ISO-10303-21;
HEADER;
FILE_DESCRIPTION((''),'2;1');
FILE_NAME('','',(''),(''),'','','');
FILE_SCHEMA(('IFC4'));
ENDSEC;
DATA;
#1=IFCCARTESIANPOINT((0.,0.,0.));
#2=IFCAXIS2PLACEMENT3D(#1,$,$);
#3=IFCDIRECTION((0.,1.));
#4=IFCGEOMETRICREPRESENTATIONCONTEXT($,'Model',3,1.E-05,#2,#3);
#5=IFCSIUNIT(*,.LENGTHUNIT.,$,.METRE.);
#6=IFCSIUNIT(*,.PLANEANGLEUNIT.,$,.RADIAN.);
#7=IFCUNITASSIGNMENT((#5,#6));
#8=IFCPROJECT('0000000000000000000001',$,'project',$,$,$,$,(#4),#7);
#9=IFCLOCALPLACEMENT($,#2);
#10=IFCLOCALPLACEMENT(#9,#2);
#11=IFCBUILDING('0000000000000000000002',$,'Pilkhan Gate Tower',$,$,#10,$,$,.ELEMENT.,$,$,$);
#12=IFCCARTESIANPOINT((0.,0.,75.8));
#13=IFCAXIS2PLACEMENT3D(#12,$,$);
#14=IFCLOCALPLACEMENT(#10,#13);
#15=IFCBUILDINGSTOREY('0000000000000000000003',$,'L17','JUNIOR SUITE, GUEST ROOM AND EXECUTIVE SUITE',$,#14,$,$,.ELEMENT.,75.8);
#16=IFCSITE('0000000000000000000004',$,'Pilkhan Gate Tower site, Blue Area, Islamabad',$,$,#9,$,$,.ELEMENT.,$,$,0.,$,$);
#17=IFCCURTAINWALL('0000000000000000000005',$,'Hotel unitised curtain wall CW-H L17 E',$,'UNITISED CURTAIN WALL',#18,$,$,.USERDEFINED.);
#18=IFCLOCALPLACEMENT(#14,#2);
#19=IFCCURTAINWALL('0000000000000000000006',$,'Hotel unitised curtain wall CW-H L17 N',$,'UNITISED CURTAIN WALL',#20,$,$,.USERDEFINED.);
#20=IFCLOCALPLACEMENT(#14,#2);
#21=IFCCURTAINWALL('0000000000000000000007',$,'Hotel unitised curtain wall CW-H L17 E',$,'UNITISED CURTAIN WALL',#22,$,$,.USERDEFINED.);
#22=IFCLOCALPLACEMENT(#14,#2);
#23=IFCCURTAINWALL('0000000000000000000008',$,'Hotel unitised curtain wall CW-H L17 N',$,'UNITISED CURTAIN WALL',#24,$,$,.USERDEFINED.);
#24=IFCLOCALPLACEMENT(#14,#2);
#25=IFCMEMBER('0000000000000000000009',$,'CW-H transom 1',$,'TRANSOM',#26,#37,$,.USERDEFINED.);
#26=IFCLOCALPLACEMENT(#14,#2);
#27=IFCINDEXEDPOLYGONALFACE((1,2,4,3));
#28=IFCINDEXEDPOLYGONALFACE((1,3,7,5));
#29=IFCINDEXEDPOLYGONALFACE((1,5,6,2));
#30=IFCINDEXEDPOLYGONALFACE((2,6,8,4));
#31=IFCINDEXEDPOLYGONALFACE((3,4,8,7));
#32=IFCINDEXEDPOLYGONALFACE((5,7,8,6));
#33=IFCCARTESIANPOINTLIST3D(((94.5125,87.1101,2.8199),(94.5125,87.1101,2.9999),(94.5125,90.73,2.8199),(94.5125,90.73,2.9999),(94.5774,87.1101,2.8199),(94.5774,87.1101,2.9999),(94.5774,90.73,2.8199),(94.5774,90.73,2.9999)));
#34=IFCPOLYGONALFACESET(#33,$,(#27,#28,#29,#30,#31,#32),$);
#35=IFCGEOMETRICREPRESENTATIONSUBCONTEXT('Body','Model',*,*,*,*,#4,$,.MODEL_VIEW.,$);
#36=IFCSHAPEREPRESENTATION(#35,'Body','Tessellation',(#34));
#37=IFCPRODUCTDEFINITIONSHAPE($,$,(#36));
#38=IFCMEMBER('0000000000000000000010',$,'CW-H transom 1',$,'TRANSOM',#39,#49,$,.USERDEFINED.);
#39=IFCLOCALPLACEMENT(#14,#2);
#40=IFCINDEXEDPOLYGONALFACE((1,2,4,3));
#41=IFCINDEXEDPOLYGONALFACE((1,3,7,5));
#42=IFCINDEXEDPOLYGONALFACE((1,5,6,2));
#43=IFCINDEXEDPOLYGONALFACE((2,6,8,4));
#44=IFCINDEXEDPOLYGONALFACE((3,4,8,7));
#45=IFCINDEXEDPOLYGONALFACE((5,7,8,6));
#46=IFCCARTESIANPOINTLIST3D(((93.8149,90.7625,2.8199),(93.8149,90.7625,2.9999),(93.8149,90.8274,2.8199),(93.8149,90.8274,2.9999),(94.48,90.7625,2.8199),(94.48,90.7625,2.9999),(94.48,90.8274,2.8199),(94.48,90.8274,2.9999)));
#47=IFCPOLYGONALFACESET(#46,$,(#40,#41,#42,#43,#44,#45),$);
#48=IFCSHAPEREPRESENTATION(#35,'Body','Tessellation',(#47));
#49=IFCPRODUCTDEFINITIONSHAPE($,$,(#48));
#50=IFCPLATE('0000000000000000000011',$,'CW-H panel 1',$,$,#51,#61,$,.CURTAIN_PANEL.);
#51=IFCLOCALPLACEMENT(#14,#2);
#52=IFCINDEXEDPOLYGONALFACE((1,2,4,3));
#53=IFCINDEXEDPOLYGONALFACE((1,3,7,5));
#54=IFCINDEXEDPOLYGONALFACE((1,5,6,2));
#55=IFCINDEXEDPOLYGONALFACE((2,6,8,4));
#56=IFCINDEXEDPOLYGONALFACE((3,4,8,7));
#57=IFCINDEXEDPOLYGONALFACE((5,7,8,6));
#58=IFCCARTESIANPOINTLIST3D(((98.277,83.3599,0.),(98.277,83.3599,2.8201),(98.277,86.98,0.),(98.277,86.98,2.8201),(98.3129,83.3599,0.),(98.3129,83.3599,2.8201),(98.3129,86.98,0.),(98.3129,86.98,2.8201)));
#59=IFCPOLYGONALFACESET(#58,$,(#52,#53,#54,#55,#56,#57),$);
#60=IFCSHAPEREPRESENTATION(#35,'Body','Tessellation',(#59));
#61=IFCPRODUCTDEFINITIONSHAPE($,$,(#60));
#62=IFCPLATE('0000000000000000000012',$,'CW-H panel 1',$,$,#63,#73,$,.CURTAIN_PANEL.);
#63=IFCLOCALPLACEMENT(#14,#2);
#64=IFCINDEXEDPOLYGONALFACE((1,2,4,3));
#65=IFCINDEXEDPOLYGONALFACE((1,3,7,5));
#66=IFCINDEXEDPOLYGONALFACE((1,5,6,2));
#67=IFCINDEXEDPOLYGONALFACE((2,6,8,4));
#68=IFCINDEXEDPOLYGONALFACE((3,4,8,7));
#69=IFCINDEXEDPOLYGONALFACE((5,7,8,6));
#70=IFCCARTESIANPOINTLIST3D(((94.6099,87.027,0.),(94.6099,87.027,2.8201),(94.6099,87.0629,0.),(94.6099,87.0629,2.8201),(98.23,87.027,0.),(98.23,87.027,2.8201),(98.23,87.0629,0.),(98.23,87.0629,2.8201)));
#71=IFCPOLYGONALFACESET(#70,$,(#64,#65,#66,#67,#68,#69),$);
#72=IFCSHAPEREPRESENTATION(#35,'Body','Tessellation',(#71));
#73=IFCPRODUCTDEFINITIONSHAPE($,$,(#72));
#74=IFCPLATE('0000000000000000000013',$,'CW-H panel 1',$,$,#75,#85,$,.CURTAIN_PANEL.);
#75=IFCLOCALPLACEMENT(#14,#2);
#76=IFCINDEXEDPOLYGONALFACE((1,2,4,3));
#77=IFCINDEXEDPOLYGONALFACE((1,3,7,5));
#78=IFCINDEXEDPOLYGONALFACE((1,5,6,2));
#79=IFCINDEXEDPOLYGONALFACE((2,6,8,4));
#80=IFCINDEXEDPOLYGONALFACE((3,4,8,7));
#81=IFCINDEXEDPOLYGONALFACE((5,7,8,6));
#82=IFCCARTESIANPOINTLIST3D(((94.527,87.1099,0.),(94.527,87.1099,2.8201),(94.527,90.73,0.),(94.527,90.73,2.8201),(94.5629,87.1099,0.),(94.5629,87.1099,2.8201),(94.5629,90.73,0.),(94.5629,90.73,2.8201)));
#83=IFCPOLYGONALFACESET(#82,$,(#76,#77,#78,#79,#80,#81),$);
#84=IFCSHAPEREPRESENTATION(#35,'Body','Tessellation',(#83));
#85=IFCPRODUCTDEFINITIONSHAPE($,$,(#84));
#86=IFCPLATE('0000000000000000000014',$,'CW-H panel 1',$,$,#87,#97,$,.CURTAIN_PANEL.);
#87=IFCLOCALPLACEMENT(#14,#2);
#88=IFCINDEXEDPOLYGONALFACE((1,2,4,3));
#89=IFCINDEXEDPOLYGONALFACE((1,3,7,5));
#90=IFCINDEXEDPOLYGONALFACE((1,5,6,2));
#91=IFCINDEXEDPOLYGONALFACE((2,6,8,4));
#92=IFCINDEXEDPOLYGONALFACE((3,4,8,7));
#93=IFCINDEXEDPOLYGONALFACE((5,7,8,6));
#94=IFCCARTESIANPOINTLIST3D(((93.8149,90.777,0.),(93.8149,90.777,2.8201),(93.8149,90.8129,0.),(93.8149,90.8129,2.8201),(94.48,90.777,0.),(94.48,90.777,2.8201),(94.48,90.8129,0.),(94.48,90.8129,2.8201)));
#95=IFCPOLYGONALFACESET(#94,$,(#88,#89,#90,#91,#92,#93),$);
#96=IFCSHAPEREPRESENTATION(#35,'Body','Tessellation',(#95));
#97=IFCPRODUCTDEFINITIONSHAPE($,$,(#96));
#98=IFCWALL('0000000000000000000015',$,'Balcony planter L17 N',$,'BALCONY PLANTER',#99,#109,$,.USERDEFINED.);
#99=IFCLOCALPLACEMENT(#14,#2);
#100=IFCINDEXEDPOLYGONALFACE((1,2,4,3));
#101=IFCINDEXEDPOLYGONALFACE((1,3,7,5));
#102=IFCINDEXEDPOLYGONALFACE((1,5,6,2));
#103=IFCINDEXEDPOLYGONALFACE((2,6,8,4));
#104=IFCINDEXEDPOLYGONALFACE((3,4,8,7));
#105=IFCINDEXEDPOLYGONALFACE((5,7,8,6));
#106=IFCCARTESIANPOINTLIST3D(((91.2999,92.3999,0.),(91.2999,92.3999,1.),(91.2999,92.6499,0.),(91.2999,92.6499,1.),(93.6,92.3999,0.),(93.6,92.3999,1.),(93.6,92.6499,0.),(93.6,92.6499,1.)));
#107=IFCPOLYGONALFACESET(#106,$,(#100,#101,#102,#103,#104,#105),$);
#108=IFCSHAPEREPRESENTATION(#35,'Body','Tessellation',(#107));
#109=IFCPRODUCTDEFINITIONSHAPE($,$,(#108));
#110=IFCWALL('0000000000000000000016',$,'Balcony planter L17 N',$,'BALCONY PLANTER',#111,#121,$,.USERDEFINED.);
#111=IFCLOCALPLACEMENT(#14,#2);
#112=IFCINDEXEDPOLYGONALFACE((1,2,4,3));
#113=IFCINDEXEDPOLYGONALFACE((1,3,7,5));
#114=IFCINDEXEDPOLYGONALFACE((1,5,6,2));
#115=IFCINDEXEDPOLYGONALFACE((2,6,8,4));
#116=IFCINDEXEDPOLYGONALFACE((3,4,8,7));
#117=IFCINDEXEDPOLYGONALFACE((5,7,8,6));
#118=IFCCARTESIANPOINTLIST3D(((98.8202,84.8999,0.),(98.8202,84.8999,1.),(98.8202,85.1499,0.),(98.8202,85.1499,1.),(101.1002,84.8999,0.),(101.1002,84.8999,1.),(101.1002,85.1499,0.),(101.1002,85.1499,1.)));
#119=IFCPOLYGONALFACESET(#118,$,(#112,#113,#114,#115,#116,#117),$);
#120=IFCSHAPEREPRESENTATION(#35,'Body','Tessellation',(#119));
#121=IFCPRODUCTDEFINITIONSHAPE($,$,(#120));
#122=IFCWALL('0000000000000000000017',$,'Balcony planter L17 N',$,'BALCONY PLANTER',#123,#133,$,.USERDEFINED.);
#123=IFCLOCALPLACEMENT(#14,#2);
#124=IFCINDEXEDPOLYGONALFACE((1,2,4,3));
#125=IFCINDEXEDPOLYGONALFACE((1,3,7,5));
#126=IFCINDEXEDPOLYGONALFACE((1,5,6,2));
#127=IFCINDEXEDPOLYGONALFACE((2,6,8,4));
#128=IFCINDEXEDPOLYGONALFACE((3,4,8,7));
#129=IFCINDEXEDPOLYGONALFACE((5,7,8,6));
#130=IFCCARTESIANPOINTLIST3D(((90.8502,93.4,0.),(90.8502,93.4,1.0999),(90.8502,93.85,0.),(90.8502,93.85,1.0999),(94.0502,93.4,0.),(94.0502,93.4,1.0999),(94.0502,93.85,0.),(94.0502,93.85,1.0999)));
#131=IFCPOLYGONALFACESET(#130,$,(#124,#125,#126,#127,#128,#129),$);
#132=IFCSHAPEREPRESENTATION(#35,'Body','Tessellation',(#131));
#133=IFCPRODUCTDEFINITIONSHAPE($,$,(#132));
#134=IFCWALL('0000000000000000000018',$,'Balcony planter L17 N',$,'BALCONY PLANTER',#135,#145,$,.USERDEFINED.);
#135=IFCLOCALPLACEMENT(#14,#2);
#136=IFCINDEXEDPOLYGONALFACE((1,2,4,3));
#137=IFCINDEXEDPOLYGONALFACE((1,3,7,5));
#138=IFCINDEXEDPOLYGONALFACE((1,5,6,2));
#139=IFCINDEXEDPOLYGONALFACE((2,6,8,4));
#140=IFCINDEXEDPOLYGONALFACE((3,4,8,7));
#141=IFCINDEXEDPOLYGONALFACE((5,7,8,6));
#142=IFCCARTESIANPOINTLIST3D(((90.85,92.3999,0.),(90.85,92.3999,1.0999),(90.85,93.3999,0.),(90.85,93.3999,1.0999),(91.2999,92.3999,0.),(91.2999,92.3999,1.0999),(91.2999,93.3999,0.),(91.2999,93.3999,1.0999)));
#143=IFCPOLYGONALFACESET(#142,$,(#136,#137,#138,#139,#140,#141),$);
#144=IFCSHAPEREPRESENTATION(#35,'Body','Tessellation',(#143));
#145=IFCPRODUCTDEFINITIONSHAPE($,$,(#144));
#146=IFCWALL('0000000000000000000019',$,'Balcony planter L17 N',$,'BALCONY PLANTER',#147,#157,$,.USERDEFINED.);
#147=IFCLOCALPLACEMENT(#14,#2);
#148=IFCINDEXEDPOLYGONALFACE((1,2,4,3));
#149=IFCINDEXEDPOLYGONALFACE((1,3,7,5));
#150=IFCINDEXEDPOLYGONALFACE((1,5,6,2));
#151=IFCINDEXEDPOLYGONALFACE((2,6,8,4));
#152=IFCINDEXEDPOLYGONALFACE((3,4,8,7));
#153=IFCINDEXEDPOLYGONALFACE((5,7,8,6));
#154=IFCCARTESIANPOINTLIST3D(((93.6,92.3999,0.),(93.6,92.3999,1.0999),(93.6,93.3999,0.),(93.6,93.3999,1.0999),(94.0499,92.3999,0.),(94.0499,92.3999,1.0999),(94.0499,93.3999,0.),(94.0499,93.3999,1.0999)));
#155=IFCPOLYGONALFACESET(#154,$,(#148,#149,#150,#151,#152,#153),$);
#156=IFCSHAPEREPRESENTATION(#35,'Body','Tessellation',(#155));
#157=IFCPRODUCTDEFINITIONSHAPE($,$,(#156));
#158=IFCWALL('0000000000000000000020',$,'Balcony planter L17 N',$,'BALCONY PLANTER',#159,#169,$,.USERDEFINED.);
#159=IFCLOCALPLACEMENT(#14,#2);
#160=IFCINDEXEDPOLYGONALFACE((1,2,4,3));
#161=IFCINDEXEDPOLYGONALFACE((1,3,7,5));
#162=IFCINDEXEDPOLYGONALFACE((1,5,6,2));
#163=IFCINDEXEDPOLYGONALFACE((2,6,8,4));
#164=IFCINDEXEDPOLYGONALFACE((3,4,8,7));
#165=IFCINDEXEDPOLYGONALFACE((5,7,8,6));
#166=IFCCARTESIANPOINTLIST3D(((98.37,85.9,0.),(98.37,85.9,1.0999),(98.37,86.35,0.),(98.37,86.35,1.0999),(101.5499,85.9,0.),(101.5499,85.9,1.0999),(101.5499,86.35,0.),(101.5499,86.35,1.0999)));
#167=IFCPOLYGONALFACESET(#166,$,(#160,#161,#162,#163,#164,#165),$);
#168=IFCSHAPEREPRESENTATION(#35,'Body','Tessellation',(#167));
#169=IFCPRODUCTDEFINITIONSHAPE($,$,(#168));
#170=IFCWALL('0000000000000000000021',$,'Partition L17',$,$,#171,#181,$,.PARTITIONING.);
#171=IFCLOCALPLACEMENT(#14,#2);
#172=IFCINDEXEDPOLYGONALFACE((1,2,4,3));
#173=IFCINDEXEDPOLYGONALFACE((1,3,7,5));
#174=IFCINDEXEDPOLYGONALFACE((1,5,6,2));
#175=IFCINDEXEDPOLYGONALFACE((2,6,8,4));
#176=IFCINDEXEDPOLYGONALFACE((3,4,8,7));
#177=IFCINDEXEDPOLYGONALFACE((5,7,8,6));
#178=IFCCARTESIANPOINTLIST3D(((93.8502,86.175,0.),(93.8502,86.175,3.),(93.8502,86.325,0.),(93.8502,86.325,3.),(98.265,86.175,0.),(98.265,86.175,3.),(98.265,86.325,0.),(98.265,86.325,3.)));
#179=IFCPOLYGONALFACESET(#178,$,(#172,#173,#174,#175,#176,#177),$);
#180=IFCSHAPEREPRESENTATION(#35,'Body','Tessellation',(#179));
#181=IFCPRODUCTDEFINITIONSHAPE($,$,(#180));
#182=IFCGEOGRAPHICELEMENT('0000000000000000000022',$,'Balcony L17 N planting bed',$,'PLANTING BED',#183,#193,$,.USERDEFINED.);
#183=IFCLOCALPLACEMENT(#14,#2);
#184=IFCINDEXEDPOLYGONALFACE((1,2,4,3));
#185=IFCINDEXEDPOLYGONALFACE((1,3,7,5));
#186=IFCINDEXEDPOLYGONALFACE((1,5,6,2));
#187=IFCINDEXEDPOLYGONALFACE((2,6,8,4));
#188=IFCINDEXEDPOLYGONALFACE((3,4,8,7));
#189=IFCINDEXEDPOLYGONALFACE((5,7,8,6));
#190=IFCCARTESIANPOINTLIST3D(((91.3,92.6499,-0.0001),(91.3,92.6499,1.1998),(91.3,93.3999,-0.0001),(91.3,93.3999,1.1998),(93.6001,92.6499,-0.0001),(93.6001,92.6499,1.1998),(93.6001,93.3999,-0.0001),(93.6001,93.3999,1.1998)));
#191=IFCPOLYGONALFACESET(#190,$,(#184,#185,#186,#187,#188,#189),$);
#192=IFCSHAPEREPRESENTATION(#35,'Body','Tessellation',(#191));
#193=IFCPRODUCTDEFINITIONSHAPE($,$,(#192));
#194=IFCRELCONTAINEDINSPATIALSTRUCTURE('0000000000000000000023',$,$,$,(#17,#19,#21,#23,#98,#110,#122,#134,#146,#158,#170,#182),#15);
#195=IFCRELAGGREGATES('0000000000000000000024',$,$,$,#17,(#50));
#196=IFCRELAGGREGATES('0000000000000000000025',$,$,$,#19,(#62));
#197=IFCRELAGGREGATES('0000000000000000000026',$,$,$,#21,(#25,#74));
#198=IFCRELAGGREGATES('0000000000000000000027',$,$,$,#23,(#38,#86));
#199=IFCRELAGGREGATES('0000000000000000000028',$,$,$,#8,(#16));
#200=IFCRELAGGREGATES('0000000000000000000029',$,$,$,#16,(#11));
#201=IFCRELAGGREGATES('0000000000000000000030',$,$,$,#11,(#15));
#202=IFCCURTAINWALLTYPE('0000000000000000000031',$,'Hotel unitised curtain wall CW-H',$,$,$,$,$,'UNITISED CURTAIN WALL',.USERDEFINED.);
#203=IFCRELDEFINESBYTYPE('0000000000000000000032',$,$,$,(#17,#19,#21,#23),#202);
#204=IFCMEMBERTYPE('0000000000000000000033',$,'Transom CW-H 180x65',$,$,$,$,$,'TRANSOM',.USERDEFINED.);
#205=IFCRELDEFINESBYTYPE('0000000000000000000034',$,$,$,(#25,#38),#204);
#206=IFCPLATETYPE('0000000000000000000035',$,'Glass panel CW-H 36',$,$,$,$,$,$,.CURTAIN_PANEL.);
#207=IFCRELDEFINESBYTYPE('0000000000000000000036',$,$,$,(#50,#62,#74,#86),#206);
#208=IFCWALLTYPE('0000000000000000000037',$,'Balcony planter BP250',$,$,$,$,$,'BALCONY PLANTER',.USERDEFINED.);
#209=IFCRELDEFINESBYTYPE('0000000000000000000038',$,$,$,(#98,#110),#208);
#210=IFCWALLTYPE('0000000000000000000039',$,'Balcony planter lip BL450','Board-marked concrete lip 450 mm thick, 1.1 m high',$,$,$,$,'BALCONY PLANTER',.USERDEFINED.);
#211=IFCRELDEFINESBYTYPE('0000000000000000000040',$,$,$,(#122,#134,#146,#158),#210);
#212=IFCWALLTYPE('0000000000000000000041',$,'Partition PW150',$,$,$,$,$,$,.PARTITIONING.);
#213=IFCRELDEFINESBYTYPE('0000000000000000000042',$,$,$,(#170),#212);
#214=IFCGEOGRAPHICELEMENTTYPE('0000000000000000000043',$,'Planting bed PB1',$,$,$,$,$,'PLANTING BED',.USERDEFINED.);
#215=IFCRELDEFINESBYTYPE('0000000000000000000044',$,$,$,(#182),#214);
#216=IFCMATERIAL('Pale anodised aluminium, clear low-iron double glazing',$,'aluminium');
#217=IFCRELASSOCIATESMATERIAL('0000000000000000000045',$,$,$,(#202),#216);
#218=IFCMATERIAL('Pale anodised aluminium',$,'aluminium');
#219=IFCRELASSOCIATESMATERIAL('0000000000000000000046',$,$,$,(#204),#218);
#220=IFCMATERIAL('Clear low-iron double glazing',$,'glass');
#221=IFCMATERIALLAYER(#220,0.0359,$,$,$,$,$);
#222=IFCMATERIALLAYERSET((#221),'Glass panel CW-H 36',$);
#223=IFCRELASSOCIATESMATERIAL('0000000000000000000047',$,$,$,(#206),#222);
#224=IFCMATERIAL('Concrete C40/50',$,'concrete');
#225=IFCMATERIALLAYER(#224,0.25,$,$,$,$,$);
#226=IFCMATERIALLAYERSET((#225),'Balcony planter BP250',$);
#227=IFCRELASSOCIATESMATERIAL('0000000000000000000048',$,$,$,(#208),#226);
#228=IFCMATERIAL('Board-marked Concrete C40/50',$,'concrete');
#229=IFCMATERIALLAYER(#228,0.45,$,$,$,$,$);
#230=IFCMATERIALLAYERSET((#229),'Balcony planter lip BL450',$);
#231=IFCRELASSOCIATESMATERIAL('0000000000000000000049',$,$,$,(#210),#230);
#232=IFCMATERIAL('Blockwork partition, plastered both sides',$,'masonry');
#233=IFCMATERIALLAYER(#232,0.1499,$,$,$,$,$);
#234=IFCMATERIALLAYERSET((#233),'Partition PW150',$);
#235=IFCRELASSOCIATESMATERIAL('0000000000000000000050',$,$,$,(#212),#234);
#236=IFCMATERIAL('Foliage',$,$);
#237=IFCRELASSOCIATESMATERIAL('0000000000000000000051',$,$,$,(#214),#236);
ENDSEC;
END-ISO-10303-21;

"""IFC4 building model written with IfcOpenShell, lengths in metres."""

from ifc_helpers import new_model, si_unit, direction, frame, frame_2d, origin, origin_2d, place, context, subcontext, project, spatial, rectangle, extrude, material, layer, layer_set, material_profile, profile_set, type_object, element, aggregate, save


model = new_model("IFC4")

# Units and contexts
model_context = context("Model", 3, precision=1e-05, world=origin(), true_north=direction((0.0, 1.0)))
body_context = subcontext(model_context, "Body", "Model", "MODEL_VIEW")
ifc_project = project(units=[si_unit("LENGTHUNIT", "METRE"), si_unit("PLANEANGLEUNIT", "RADIAN")], contexts=[model_context])

# Site, building, storey
site_placement = place(None, origin())
site = spatial("IfcSite", under=ifc_project, at=site_placement, Name="Pilkhan Gate Tower site, Blue Area, Islamabad", CompositionType="ELEMENT", RefElevation=0.0)
building_placement = place(site_placement, origin())
building = spatial("IfcBuilding", under=site, at=building_placement, Name="Pilkhan Gate Tower", CompositionType="ELEMENT")
storey_placement = place(building_placement, frame((0.0, 0.0, 75.8)))
storey = spatial("IfcBuildingStorey", under=building, at=storey_placement, Name="L17", Description="JUNIOR SUITE, GUEST ROOM AND EXECUTIVE SUITE", CompositionType="ELEMENT", Elevation=75.8)

# Curtain wall
ifc_material_1 = material(Name="Pale anodised aluminium, clear low-iron double glazing", Category="aluminium")
curtain_wall_type = type_object("IfcCurtainWallType", Name="Hotel unitised curtain wall CW-H", ElementType="UNITISED CURTAIN WALL", PredefinedType="USERDEFINED", material=ifc_material_1)
curtain_wall_1_placement = place(storey_placement, origin())
curtain_wall_1 = element("IfcCurtainWall", 1, at=curtain_wall_1_placement, inside=storey, type_object=curtain_wall_type, Name="Hotel unitised curtain wall CW-H L17 E", ObjectType="UNITISED CURTAIN WALL", PredefinedType="USERDEFINED")
ifc_material_2 = material(Name="Pale anodised aluminium", Category="aluminium")

# Curtain walls
curtain_wall_2_placement = place(storey_placement, origin())
curtain_wall_2 = element("IfcCurtainWall", 2, at=curtain_wall_2_placement, inside=storey, type_object=curtain_wall_type, Name="Hotel unitised curtain wall CW-H L17 N", ObjectType="UNITISED CURTAIN WALL", PredefinedType="USERDEFINED")
curtain_wall_3_placement = place(storey_placement, origin())
curtain_wall_3 = element("IfcCurtainWall", 3, at=curtain_wall_3_placement, inside=storey, type_object=curtain_wall_type, Name="Hotel unitised curtain wall CW-H L17 E", ObjectType="UNITISED CURTAIN WALL", PredefinedType="USERDEFINED")
curtain_wall_4_placement = place(storey_placement, origin())
curtain_wall_4 = element("IfcCurtainWall", 4, at=curtain_wall_4_placement, inside=storey, type_object=curtain_wall_type, Name="Hotel unitised curtain wall CW-H L17 N", ObjectType="UNITISED CURTAIN WALL", PredefinedType="USERDEFINED")

# Members
ifc_material_profile_1 = material_profile(ifc_material_2, rectangle(XDim=0.0649, YDim=0.1799, at=origin_2d()), Name="Transom 180x65")
ifc_profile_set_1 = profile_set([ifc_material_profile_1], Name="Pale anodised aluminium")
member_type_1 = type_object("IfcMemberType", Name="Transom CW-H 180x65", ElementType="TRANSOM", PredefinedType="USERDEFINED", material=ifc_profile_set_1)
member_1_placement = place(storey_placement, frame((94.5449, 87.1101, 2.9099), z_axis=(0.0, 1.0, 0.0), x_axis=(-1.0, 0.0, 0.0)))
member_1 = element("IfcMember", 5, at=member_1_placement, type_object=member_type_1, Name="CW-H transom 1", ObjectType="TRANSOM", PredefinedType="USERDEFINED", context=body_context, shape_type="SweptSolid", body=[
    extrude(rectangle(XDim=0.0649, YDim=0.1799, at=origin_2d()), origin(), (0.0, 0.0, 1.0), 3.6199),
])
member_2_placement = place(storey_placement, frame((93.8149, 90.7949, 2.9099), z_axis=(1.0, 0.0, 0.0), x_axis=(0.0, 1.0, 0.0)))
member_2 = element("IfcMember", 6, at=member_2_placement, type_object=member_type_1, Name="CW-H transom 1", ObjectType="TRANSOM", PredefinedType="USERDEFINED", context=body_context, shape_type="SweptSolid", body=[
    extrude(rectangle(XDim=0.0649, YDim=0.1799, at=origin_2d()), origin(), (0.0, 0.0, 1.0), 0.665),
])

# Plates
ifc_material_3 = material(Name="Clear low-iron double glazing", Category="glass")
ifc_layer_1 = layer(ifc_material_3, 0.0359)
ifc_layer_set_1 = layer_set([ifc_layer_1], Name="Glass panel CW-H 36")
plate_type = type_object("IfcPlateType", Name="Glass panel CW-H 36", PredefinedType="CURTAIN_PANEL", material=ifc_layer_set_1)
plate_1_placement = place(storey_placement, frame((98.2949, 85.1699, 0.0), z_axis=(0.0, 0.0, 1.0), x_axis=(0.0, 1.0, 0.0)))
plate_1 = element("IfcPlate", 7, at=plate_1_placement, type_object=plate_type, Name="CW-H panel 1", PredefinedType="CURTAIN_PANEL", context=body_context, shape_type="SweptSolid", body=[
    extrude(rectangle(XDim=3.6201, YDim=0.0359, at=origin_2d()), origin(), (0.0, 0.0, 1.0), 2.8201),
])
aggregate(curtain_wall_1, [plate_1])
plate_2_placement = place(storey_placement, frame((96.4199, 87.0449, 0.0), z_axis=(0.0, 0.0, 1.0), x_axis=(1.0, 0.0, 0.0)))
plate_2 = element("IfcPlate", 8, at=plate_2_placement, type_object=plate_type, Name="CW-H panel 1", PredefinedType="CURTAIN_PANEL", context=body_context, shape_type="SweptSolid", body=[
    extrude(rectangle(XDim=3.6201, YDim=0.0359, at=origin_2d()), origin(), (0.0, 0.0, 1.0), 2.8201),
])
aggregate(curtain_wall_2, [plate_2])
plate_3_placement = place(storey_placement, frame((94.5449, 88.9199, 0.0), z_axis=(0.0, 0.0, 1.0), x_axis=(0.0, 1.0, 0.0)))
plate_3 = element("IfcPlate", 9, at=plate_3_placement, type_object=plate_type, Name="CW-H panel 1", PredefinedType="CURTAIN_PANEL", context=body_context, shape_type="SweptSolid", body=[
    extrude(rectangle(XDim=3.6201, YDim=0.0359, at=origin_2d()), origin(), (0.0, 0.0, 1.0), 2.8201),
])
aggregate(curtain_wall_3, [member_1, plate_3])
plate_4_placement = place(storey_placement, frame((94.1475, 90.7949, 0.0), z_axis=(0.0, 0.0, 1.0), x_axis=(1.0, 0.0, 0.0)))
plate_4 = element("IfcPlate", 10, at=plate_4_placement, type_object=plate_type, Name="CW-H panel 1", PredefinedType="CURTAIN_PANEL", context=body_context, shape_type="SweptSolid", body=[
    extrude(rectangle(XDim=0.665, YDim=0.0359, at=origin_2d()), origin(), (0.0, 0.0, 1.0), 2.8201),
])
aggregate(curtain_wall_4, [member_2, plate_4])

# Walls
ifc_material_4 = material(Name="Concrete C40/50", Category="concrete")
ifc_layer_2 = layer(ifc_material_4, 0.25)
ifc_layer_set_2 = layer_set([ifc_layer_2], Name="Balcony planter BP250")
wall_type_1 = type_object("IfcWallType", Name="Balcony planter BP250", ElementType="BALCONY PLANTER", PredefinedType="USERDEFINED", material=ifc_layer_set_2)
wall_1_placement = place(storey_placement, frame((91.3, 92.5249, 0.0), z_axis=(0.0, 0.0, 1.0), x_axis=(1.0, 0.0, 0.0)))
element("IfcWall", 11, at=wall_1_placement, inside=storey, type_object=wall_type_1, Name="Balcony planter L17 N", ObjectType="BALCONY PLANTER", PredefinedType="USERDEFINED", context=body_context, shape_type="SweptSolid", body=[
    extrude(rectangle(XDim=2.3, YDim=0.25, at=frame_2d((1.1499, 0.0))), origin(), (0.0, 0.0, 1.0), 1.0),
])
wall_2_placement = place(storey_placement, frame((98.8201, 85.0249, 0.0), z_axis=(0.0, 0.0, 1.0), x_axis=(1.0, 0.0, 0.0)))
element("IfcWall", 12, at=wall_2_placement, inside=storey, type_object=wall_type_1, Name="Balcony planter L17 N", ObjectType="BALCONY PLANTER", PredefinedType="USERDEFINED", context=body_context, shape_type="SweptSolid", body=[
    extrude(rectangle(XDim=2.28, YDim=0.25, at=frame_2d((1.1401, 0.0))), origin(), (0.0, 0.0, 1.0), 1.0),
])
ifc_material_5 = material(Name="Board-marked Concrete C40/50", Category="concrete")
ifc_layer_3 = layer(ifc_material_5, 0.45)
ifc_layer_set_3 = layer_set([ifc_layer_3], Name="Balcony planter lip BL450")
wall_type_2 = type_object("IfcWallType", Name="Balcony planter lip BL450", Description="Board-marked concrete lip 450 mm thick, 1.1 m high", ElementType="BALCONY PLANTER", PredefinedType="USERDEFINED", material=ifc_layer_set_3)
wall_3_placement = place(storey_placement, frame((90.8501, 93.625, 0.0), z_axis=(0.0, 0.0, 1.0), x_axis=(1.0, 0.0, 0.0)))
element("IfcWall", 13, at=wall_3_placement, inside=storey, type_object=wall_type_2, Name="Balcony planter L17 N", ObjectType="BALCONY PLANTER", PredefinedType="USERDEFINED", context=body_context, shape_type="SweptSolid", body=[
    extrude(rectangle(XDim=3.2, YDim=0.45, at=frame_2d((1.6001, 0.0))), origin(), (0.0, 0.0, 1.0), 1.0999),
])
for number, where, z_axis, x_axis, name in (
    (14, (91.075, 92.3999, 0.0), (0.0, 0.0, 1.0), (0.0, 1.0, 0.0), "Balcony planter L17 N"),
    (15, (93.825, 92.3999, 0.0), (0.0, 0.0, 1.0), (0.0, 1.0, 0.0), "Balcony planter L17 N"),
):
    element("IfcWall", number, at=place(storey_placement, frame(where, z_axis=z_axis, x_axis=x_axis)), inside=storey, type_object=wall_type_2, Name=name, ObjectType="BALCONY PLANTER", PredefinedType="USERDEFINED", context=body_context, shape_type="SweptSolid", body=[
        extrude(rectangle(XDim=1.0, YDim=0.45, at=frame_2d((0.5, 0.0))), origin(), (0.0, 0.0, 1.0), 1.0999),
    ])
wall_4_placement = place(storey_placement, frame((98.3701, 86.125, 0.0), z_axis=(0.0, 0.0, 1.0), x_axis=(1.0, 0.0, 0.0)))
element("IfcWall", 16, at=wall_4_placement, inside=storey, type_object=wall_type_2, Name="Balcony planter L17 N", ObjectType="BALCONY PLANTER", PredefinedType="USERDEFINED", context=body_context, shape_type="SweptSolid", body=[
    extrude(rectangle(XDim=3.1799, YDim=0.45, at=frame_2d((1.5898, 0.0))), origin(), (0.0, 0.0, 1.0), 1.0999),
])
ifc_material_6 = material(Name="Blockwork partition, plastered both sides", Category="masonry")
ifc_layer_4 = layer(ifc_material_6, 0.1499)
ifc_layer_set_4 = layer_set([ifc_layer_4], Name="Partition PW150")
wall_type_3 = type_object("IfcWallType", Name="Partition PW150", PredefinedType="PARTITIONING", material=ifc_layer_set_4)
wall_5_placement = place(storey_placement, frame((93.8501, 86.25, 0.0), z_axis=(0.0, 0.0, 1.0), x_axis=(1.0, 0.0, 0.0)))
element("IfcWall", 17, at=wall_5_placement, inside=storey, type_object=wall_type_3, Name="Partition L17", PredefinedType="PARTITIONING", context=body_context, shape_type="SweptSolid", body=[
    extrude(rectangle(XDim=4.4148, YDim=0.1499, at=frame_2d((2.2075, 0.0))), origin(), (0.0, 0.0, 1.0), 3.0),
])

# Geographic element
ifc_material_7 = material(Name="Foliage")
ifc_material_profile_2 = material_profile(ifc_material_7, rectangle(XDim=0.75, YDim=1.2, at=origin_2d()), Name="Bed 750x1200")
ifc_profile_set_2 = profile_set([ifc_material_profile_2], Name="Foliage")
geographic_element_type_1 = type_object("IfcGeographicElementType", Name="Planting bed PB1", ElementType="PLANTING BED", PredefinedType="USERDEFINED", material=ifc_profile_set_2)
geographic_element_1_placement = place(storey_placement, frame((91.3, 93.0249, 0.5999), z_axis=(1.0, 0.0, 0.0), x_axis=(0.0, 1.0, 0.0)))
element("IfcGeographicElement", 18, at=geographic_element_1_placement, inside=storey, type_object=geographic_element_type_1, Name="Balcony L17 N planting bed", ObjectType="PLANTING BED", PredefinedType="USERDEFINED", context=body_context, shape_type="SweptSolid", body=[
    extrude(rectangle(XDim=0.75, YDim=1.2, at=origin_2d()), origin(), (0.0, 0.0, 1.0), 2.3),
])

save(model, "model.ifc")
